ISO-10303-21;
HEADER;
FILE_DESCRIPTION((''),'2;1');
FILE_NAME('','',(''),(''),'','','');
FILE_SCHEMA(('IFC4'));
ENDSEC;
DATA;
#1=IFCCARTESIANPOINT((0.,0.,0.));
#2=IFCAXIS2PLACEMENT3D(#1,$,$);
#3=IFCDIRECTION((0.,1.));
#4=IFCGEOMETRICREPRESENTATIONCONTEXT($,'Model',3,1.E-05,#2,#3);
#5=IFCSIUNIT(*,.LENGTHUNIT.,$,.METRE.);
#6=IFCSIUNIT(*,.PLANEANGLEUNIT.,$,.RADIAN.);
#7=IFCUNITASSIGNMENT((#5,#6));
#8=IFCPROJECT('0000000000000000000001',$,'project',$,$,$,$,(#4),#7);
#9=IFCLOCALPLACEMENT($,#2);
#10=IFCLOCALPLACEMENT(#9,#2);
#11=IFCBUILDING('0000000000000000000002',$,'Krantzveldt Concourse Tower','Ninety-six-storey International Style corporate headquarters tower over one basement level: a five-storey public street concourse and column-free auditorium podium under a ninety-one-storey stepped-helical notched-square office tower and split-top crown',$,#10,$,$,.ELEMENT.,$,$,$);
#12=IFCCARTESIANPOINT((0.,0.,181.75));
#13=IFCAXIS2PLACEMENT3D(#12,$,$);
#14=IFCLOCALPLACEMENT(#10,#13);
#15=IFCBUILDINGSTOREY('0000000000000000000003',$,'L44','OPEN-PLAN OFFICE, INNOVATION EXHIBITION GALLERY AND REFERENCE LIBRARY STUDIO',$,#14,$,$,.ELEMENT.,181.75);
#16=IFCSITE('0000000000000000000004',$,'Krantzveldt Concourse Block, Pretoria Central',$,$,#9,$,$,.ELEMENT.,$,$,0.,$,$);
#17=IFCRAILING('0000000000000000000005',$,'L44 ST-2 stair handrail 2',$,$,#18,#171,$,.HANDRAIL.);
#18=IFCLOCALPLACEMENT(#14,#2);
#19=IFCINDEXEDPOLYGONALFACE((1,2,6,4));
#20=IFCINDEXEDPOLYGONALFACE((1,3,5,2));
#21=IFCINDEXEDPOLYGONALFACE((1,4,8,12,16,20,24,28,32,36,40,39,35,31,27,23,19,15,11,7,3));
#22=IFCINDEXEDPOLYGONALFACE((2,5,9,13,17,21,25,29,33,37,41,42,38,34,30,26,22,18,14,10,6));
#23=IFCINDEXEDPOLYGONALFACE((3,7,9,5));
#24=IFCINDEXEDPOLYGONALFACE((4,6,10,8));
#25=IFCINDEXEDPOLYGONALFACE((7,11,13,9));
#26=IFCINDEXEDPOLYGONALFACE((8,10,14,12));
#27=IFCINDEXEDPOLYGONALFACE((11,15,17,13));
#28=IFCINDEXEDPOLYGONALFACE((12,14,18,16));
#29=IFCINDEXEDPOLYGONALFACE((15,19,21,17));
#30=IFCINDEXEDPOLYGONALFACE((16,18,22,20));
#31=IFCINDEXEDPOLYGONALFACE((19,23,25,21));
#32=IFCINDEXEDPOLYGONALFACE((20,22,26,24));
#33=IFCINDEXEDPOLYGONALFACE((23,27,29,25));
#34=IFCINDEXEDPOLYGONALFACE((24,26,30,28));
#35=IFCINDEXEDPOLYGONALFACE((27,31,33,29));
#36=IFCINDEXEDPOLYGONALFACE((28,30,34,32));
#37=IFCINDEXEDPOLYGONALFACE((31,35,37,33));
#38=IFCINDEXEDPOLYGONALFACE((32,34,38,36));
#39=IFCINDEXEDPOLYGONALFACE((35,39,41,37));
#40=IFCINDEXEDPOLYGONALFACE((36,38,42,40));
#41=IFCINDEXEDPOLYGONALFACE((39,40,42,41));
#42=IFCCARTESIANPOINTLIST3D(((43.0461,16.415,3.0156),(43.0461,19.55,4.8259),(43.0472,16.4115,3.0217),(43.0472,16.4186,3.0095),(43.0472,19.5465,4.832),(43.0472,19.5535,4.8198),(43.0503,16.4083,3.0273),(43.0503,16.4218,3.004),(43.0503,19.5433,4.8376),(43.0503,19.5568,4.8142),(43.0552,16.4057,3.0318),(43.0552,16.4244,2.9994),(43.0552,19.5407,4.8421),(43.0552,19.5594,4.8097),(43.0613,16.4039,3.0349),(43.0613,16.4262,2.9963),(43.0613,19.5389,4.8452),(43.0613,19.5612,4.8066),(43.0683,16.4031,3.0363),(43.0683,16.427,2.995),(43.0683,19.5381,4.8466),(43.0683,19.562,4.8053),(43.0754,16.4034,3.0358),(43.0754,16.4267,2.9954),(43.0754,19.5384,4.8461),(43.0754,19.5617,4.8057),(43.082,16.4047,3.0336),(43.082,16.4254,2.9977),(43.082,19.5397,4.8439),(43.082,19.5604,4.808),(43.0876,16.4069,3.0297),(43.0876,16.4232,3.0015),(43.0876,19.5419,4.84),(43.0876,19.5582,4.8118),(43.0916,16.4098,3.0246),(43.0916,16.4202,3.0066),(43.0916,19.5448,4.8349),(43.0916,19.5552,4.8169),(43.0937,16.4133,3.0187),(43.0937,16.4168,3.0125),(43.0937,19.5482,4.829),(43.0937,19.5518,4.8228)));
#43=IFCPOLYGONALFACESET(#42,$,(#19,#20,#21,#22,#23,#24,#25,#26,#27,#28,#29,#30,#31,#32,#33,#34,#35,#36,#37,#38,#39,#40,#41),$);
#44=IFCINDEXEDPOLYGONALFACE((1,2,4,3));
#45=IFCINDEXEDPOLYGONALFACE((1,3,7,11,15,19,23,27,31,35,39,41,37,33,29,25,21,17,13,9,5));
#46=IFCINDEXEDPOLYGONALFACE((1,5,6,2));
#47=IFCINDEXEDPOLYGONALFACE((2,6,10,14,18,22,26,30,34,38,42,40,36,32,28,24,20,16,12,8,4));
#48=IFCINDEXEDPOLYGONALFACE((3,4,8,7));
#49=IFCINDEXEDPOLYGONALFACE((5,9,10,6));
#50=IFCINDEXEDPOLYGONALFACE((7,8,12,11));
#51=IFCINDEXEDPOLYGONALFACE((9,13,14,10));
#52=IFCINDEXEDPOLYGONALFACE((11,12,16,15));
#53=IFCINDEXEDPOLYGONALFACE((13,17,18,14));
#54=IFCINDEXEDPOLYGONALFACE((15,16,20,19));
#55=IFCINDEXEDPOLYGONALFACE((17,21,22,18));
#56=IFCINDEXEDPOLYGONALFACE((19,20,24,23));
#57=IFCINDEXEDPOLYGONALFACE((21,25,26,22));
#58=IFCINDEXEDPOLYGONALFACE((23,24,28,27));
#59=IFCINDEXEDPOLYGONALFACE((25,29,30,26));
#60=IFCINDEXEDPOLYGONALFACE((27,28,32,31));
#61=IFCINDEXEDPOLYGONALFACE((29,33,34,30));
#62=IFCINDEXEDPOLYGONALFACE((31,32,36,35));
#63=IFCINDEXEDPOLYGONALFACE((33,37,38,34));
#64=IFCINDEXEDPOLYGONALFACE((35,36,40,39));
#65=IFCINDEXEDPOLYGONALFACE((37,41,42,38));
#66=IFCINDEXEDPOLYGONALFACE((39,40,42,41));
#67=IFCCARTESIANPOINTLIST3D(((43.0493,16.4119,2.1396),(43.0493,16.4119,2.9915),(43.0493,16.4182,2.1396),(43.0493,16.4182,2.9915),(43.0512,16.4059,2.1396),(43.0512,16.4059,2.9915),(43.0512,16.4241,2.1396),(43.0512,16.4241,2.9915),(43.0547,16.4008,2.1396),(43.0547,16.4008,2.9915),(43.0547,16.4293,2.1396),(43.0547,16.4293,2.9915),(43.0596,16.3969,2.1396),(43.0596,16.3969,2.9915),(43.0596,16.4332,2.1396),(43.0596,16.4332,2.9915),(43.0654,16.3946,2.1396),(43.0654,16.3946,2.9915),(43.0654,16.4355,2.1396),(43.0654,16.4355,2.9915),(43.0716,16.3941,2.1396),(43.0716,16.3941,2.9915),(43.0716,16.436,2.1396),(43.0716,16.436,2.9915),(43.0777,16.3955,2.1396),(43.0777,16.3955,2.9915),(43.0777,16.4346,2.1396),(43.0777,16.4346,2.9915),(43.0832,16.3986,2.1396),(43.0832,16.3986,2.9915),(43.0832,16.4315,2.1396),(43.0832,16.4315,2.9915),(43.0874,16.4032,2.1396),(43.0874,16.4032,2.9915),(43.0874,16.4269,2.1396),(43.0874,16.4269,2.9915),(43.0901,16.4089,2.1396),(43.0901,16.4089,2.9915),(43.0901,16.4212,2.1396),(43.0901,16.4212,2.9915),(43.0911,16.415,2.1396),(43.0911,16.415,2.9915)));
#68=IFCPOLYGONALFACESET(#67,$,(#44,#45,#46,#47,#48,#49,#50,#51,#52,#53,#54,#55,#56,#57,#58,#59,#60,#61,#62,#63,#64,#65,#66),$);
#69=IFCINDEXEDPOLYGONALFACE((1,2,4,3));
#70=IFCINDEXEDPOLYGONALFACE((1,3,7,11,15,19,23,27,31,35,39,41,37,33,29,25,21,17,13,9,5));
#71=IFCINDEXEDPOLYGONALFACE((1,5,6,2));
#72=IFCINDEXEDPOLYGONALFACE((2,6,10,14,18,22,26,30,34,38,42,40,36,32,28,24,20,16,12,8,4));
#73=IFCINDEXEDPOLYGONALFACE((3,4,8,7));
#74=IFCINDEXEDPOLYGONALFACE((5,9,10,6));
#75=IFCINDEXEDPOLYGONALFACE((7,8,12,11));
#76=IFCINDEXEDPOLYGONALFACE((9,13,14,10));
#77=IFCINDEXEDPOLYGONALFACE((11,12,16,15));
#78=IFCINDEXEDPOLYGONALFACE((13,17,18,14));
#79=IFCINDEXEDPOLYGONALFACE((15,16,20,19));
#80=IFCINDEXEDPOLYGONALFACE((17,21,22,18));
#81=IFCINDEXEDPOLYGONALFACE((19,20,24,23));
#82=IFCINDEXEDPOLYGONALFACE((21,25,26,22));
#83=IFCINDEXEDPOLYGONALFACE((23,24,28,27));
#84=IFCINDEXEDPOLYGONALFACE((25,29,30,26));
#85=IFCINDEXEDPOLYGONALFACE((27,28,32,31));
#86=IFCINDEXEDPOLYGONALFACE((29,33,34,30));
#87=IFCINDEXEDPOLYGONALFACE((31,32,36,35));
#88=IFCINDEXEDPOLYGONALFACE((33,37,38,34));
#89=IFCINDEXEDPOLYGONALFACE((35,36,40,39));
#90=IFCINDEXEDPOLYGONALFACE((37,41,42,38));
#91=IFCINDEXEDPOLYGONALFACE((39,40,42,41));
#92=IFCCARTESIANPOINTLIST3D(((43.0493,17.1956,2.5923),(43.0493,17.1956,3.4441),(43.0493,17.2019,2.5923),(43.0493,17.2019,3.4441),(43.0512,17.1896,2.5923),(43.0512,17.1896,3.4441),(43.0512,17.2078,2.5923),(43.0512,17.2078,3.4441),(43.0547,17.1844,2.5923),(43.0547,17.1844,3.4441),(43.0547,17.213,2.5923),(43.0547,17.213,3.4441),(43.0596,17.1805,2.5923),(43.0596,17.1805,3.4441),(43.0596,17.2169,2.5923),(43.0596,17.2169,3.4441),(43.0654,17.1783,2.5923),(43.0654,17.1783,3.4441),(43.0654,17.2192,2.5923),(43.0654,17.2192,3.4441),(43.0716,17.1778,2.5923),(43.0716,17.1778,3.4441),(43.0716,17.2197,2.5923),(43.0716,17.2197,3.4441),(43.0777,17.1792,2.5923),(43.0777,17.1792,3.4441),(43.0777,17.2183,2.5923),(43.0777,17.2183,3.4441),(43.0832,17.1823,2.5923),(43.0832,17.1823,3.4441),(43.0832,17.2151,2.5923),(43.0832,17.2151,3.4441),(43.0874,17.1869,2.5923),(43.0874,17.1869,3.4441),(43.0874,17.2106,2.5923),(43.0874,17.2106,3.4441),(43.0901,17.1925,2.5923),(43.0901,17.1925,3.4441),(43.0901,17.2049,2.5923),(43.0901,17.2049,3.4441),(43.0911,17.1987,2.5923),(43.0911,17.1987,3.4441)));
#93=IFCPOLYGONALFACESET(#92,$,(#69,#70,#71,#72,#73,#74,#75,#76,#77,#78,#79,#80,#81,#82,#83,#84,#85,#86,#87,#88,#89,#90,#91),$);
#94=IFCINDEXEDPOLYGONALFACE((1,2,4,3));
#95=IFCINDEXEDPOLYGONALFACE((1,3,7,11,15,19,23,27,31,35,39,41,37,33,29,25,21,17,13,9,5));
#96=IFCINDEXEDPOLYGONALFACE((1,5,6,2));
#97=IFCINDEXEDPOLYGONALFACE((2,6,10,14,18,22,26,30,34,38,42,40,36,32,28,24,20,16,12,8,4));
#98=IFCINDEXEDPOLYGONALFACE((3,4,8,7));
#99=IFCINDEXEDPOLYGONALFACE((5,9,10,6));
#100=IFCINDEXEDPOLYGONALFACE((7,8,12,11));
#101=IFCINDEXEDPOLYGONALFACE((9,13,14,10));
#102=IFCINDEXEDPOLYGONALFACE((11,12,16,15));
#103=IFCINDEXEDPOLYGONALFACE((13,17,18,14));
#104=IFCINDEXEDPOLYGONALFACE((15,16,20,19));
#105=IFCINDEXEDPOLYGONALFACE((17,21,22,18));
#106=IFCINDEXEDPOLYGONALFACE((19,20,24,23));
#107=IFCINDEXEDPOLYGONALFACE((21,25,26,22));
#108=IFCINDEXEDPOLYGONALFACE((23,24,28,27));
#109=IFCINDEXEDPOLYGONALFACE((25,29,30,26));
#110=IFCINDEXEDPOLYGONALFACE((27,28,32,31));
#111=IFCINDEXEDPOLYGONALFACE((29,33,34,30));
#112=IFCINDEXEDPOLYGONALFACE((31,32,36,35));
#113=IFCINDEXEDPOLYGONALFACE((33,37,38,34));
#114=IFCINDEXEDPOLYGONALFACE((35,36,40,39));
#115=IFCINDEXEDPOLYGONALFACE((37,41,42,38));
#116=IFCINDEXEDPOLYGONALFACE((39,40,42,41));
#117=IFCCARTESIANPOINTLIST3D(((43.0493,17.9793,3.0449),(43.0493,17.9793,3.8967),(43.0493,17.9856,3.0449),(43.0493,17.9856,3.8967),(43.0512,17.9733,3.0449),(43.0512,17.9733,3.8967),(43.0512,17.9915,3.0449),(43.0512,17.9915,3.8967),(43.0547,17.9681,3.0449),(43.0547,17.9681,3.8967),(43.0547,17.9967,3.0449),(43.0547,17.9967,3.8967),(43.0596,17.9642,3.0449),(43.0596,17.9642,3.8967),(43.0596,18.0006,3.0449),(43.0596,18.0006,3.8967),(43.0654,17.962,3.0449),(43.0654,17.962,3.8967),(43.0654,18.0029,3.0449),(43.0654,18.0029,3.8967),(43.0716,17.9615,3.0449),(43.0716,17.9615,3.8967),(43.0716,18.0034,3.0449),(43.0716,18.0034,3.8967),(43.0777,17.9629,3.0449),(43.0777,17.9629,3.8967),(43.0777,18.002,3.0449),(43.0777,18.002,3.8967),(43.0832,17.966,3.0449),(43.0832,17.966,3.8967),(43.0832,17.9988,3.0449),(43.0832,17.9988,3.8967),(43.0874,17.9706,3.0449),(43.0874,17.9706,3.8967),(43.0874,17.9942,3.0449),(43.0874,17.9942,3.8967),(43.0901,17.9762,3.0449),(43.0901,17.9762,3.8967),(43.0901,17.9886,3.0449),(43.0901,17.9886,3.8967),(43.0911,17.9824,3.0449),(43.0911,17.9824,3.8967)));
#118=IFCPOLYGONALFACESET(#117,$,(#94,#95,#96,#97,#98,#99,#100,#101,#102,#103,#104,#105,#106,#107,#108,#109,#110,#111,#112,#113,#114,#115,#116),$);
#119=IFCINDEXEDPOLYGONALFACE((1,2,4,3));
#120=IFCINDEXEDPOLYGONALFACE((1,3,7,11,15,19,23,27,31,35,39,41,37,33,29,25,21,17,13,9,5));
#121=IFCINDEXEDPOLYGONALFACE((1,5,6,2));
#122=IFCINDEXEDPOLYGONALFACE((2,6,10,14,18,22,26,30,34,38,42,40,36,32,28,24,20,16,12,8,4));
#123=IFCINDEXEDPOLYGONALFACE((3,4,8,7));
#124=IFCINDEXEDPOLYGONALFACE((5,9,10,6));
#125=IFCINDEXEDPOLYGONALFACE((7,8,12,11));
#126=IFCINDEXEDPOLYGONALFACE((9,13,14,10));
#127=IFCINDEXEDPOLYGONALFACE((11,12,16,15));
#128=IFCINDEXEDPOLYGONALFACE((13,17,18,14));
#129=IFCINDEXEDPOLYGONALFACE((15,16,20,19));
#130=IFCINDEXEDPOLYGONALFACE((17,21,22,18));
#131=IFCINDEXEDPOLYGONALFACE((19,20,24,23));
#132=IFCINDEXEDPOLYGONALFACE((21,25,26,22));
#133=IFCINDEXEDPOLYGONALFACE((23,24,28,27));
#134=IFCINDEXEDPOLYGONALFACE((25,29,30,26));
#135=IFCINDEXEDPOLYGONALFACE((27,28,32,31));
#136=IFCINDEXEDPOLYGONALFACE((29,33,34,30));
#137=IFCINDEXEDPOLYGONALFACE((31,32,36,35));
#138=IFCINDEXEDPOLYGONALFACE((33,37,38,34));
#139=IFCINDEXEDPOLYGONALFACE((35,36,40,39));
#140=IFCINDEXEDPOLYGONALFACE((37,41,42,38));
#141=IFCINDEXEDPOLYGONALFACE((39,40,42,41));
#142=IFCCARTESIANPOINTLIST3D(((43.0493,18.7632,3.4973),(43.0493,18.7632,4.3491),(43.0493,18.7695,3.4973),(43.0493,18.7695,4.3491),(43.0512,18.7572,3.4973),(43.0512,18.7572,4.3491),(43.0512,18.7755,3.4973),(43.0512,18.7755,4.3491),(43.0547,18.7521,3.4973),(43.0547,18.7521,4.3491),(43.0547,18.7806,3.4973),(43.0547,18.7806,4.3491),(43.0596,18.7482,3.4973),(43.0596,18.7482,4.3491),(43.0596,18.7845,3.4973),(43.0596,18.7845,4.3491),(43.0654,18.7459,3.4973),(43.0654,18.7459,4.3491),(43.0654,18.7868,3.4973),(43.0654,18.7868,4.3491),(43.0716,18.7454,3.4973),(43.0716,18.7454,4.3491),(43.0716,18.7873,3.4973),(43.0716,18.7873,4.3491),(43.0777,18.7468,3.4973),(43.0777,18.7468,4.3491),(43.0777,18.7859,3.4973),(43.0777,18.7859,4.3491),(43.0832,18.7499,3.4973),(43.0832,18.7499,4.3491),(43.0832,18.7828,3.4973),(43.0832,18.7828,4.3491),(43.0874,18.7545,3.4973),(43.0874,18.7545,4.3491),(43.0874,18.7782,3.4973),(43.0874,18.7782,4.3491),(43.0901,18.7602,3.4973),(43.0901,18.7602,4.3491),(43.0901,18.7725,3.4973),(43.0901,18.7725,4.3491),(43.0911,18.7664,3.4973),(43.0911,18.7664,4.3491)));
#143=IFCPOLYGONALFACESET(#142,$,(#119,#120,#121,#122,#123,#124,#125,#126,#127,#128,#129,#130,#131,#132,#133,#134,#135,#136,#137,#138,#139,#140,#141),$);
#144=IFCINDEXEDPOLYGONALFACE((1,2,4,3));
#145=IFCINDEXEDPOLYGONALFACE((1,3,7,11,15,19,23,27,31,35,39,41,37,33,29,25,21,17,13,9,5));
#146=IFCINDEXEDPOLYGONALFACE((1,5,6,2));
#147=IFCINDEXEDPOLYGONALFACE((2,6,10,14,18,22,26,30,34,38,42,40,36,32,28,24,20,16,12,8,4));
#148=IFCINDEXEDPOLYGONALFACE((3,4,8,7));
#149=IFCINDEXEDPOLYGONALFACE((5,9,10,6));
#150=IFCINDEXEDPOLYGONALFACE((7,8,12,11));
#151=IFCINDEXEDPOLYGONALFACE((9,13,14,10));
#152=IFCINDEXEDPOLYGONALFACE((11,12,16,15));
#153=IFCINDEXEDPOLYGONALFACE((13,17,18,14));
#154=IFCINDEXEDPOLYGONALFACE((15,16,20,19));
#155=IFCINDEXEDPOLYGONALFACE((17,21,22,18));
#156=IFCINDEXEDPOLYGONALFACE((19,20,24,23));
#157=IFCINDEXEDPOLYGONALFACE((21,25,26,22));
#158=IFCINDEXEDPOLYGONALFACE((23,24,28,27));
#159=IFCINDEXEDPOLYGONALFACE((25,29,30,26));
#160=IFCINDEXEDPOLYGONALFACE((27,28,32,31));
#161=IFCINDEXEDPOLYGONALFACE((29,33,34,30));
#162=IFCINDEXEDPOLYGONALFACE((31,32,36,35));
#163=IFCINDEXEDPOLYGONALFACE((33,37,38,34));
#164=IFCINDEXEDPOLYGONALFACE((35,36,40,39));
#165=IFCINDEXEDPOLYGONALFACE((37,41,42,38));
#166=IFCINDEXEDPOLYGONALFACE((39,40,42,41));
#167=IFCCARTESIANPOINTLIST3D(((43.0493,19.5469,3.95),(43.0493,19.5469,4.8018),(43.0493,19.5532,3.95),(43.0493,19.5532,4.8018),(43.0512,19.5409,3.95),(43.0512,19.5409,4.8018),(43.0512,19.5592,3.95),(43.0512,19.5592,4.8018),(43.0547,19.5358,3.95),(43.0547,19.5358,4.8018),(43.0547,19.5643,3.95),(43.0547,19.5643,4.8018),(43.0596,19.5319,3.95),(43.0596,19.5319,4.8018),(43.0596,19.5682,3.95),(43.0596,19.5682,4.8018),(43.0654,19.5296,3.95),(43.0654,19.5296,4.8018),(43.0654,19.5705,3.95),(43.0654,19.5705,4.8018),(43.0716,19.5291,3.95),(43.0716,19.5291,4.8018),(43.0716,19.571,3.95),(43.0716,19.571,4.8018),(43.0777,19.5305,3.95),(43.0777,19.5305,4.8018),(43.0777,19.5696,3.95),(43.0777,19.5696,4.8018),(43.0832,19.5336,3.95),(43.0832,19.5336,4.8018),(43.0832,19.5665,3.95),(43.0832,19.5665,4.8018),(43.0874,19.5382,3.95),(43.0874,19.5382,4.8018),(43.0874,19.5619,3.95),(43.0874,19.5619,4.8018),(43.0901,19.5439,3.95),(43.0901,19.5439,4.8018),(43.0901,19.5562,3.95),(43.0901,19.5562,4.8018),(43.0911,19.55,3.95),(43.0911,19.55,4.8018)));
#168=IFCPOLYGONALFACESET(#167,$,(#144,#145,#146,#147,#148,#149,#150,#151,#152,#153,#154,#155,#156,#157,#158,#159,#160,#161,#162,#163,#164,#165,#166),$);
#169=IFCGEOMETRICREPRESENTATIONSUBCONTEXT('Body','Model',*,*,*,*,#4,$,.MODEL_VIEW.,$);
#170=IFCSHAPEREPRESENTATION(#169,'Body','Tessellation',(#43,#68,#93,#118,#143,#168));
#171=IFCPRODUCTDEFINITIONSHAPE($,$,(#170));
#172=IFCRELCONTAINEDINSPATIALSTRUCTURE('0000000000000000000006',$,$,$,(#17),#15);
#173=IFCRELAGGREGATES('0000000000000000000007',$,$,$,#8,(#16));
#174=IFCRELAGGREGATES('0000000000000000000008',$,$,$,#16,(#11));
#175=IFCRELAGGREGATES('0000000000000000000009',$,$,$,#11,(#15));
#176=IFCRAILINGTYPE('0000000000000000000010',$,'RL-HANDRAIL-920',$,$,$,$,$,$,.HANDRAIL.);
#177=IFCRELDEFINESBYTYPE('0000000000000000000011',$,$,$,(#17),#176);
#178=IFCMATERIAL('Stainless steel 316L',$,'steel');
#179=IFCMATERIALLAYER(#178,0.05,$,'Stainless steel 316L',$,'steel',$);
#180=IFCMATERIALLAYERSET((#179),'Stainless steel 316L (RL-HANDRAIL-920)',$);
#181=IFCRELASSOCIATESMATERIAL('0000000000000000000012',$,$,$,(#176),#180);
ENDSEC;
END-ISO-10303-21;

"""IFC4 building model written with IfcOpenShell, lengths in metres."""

from ifc_helpers import new_model, si_unit, direction, frame, origin, origin_2d, place, context, subcontext, project, spatial, circle, extrude, material, layer, layer_set, type_object, element, save


model = new_model("IFC4")

# Units and contexts
model_context = context("Model", 3, precision=1e-05, world=origin(), true_north=direction((0.0, 1.0)))
body_context = subcontext(model_context, "Body", "Model", "MODEL_VIEW")
ifc_project = project(units=[si_unit("LENGTHUNIT", "METRE"), si_unit("PLANEANGLEUNIT", "RADIAN")], contexts=[model_context])

# Site, building, storey
site_placement = place(None, origin())
site = spatial("IfcSite", under=ifc_project, at=site_placement, Name="Krantzveldt Concourse Block, Pretoria Central", CompositionType="ELEMENT", RefElevation=0.0)
building_placement = place(site_placement, origin())
building = spatial("IfcBuilding", under=site, at=building_placement, Name="Krantzveldt Concourse Tower", Description="Ninety-six-storey International Style corporate headquarters tower over one basement level: a five-storey public street concourse and column-free auditorium podium under a ninety-one-storey stepped-helical notched-square office tower and split-top crown", CompositionType="ELEMENT")
storey_placement = place(building_placement, frame((0.0, 0.0, 181.75)))
storey = spatial("IfcBuildingStorey", under=building, at=storey_placement, Name="L44", Description="OPEN-PLAN OFFICE, INNOVATION EXHIBITION GALLERY AND REFERENCE LIBRARY STUDIO", CompositionType="ELEMENT", Elevation=181.75)

# Shared definitions
ifc_material_1 = material(Name="Stainless steel 316L", Category="steel")

# Railing
ifc_layer_1 = layer(ifc_material_1, 0.05, Name="Stainless steel 316L", Category="steel")
ifc_layer_set_1 = layer_set([ifc_layer_1], Name="Stainless steel 316L (RL-HANDRAIL-920)")
railing_type_1 = type_object("IfcRailingType", Name="RL-HANDRAIL-920", PredefinedType="HANDRAIL", material=ifc_layer_set_1)
railing_1_placement = place(storey_placement, frame((43.0701, 16.415, 2.1396)))
element("IfcRailing", 1, at=railing_1_placement, inside=storey, type_object=railing_type_1, Name="L44 ST-2 stair handrail 2", PredefinedType="HANDRAIL", context=body_context, shape_type="SweptSolid", body=[
    extrude(circle(Radius=0.0239, at=origin_2d()), frame((0.0, 0.0, 0.876), z_axis=(0.0, 0.865989, 0.500063), x_axis=(-1.0, 0.0, 0.0)), (0.0, 0.0, 1.0), 3.6201),
    extrude(circle(Radius=0.021, at=origin_2d()), origin(), (0.0, 0.0, 1.0), 0.8518),
    extrude(circle(Radius=0.021, at=origin_2d()), frame((0.0, 0.7837, 0.4526)), (0.0, 0.0, 1.0), 0.8518),
    extrude(circle(Radius=0.021, at=origin_2d()), frame((0.0, 1.5674, 0.9053)), (0.0, 0.0, 1.0), 0.8518),
    extrude(circle(Radius=0.021, at=origin_2d()), frame((0.0, 2.3513, 1.3577)), (0.0, 0.0, 1.0), 0.8518),
    extrude(circle(Radius=0.021, at=origin_2d()), frame((0.0, 3.135, 1.8103)), (0.0, 0.0, 1.0), 0.8518),
])

save(model, "model.ifc")
